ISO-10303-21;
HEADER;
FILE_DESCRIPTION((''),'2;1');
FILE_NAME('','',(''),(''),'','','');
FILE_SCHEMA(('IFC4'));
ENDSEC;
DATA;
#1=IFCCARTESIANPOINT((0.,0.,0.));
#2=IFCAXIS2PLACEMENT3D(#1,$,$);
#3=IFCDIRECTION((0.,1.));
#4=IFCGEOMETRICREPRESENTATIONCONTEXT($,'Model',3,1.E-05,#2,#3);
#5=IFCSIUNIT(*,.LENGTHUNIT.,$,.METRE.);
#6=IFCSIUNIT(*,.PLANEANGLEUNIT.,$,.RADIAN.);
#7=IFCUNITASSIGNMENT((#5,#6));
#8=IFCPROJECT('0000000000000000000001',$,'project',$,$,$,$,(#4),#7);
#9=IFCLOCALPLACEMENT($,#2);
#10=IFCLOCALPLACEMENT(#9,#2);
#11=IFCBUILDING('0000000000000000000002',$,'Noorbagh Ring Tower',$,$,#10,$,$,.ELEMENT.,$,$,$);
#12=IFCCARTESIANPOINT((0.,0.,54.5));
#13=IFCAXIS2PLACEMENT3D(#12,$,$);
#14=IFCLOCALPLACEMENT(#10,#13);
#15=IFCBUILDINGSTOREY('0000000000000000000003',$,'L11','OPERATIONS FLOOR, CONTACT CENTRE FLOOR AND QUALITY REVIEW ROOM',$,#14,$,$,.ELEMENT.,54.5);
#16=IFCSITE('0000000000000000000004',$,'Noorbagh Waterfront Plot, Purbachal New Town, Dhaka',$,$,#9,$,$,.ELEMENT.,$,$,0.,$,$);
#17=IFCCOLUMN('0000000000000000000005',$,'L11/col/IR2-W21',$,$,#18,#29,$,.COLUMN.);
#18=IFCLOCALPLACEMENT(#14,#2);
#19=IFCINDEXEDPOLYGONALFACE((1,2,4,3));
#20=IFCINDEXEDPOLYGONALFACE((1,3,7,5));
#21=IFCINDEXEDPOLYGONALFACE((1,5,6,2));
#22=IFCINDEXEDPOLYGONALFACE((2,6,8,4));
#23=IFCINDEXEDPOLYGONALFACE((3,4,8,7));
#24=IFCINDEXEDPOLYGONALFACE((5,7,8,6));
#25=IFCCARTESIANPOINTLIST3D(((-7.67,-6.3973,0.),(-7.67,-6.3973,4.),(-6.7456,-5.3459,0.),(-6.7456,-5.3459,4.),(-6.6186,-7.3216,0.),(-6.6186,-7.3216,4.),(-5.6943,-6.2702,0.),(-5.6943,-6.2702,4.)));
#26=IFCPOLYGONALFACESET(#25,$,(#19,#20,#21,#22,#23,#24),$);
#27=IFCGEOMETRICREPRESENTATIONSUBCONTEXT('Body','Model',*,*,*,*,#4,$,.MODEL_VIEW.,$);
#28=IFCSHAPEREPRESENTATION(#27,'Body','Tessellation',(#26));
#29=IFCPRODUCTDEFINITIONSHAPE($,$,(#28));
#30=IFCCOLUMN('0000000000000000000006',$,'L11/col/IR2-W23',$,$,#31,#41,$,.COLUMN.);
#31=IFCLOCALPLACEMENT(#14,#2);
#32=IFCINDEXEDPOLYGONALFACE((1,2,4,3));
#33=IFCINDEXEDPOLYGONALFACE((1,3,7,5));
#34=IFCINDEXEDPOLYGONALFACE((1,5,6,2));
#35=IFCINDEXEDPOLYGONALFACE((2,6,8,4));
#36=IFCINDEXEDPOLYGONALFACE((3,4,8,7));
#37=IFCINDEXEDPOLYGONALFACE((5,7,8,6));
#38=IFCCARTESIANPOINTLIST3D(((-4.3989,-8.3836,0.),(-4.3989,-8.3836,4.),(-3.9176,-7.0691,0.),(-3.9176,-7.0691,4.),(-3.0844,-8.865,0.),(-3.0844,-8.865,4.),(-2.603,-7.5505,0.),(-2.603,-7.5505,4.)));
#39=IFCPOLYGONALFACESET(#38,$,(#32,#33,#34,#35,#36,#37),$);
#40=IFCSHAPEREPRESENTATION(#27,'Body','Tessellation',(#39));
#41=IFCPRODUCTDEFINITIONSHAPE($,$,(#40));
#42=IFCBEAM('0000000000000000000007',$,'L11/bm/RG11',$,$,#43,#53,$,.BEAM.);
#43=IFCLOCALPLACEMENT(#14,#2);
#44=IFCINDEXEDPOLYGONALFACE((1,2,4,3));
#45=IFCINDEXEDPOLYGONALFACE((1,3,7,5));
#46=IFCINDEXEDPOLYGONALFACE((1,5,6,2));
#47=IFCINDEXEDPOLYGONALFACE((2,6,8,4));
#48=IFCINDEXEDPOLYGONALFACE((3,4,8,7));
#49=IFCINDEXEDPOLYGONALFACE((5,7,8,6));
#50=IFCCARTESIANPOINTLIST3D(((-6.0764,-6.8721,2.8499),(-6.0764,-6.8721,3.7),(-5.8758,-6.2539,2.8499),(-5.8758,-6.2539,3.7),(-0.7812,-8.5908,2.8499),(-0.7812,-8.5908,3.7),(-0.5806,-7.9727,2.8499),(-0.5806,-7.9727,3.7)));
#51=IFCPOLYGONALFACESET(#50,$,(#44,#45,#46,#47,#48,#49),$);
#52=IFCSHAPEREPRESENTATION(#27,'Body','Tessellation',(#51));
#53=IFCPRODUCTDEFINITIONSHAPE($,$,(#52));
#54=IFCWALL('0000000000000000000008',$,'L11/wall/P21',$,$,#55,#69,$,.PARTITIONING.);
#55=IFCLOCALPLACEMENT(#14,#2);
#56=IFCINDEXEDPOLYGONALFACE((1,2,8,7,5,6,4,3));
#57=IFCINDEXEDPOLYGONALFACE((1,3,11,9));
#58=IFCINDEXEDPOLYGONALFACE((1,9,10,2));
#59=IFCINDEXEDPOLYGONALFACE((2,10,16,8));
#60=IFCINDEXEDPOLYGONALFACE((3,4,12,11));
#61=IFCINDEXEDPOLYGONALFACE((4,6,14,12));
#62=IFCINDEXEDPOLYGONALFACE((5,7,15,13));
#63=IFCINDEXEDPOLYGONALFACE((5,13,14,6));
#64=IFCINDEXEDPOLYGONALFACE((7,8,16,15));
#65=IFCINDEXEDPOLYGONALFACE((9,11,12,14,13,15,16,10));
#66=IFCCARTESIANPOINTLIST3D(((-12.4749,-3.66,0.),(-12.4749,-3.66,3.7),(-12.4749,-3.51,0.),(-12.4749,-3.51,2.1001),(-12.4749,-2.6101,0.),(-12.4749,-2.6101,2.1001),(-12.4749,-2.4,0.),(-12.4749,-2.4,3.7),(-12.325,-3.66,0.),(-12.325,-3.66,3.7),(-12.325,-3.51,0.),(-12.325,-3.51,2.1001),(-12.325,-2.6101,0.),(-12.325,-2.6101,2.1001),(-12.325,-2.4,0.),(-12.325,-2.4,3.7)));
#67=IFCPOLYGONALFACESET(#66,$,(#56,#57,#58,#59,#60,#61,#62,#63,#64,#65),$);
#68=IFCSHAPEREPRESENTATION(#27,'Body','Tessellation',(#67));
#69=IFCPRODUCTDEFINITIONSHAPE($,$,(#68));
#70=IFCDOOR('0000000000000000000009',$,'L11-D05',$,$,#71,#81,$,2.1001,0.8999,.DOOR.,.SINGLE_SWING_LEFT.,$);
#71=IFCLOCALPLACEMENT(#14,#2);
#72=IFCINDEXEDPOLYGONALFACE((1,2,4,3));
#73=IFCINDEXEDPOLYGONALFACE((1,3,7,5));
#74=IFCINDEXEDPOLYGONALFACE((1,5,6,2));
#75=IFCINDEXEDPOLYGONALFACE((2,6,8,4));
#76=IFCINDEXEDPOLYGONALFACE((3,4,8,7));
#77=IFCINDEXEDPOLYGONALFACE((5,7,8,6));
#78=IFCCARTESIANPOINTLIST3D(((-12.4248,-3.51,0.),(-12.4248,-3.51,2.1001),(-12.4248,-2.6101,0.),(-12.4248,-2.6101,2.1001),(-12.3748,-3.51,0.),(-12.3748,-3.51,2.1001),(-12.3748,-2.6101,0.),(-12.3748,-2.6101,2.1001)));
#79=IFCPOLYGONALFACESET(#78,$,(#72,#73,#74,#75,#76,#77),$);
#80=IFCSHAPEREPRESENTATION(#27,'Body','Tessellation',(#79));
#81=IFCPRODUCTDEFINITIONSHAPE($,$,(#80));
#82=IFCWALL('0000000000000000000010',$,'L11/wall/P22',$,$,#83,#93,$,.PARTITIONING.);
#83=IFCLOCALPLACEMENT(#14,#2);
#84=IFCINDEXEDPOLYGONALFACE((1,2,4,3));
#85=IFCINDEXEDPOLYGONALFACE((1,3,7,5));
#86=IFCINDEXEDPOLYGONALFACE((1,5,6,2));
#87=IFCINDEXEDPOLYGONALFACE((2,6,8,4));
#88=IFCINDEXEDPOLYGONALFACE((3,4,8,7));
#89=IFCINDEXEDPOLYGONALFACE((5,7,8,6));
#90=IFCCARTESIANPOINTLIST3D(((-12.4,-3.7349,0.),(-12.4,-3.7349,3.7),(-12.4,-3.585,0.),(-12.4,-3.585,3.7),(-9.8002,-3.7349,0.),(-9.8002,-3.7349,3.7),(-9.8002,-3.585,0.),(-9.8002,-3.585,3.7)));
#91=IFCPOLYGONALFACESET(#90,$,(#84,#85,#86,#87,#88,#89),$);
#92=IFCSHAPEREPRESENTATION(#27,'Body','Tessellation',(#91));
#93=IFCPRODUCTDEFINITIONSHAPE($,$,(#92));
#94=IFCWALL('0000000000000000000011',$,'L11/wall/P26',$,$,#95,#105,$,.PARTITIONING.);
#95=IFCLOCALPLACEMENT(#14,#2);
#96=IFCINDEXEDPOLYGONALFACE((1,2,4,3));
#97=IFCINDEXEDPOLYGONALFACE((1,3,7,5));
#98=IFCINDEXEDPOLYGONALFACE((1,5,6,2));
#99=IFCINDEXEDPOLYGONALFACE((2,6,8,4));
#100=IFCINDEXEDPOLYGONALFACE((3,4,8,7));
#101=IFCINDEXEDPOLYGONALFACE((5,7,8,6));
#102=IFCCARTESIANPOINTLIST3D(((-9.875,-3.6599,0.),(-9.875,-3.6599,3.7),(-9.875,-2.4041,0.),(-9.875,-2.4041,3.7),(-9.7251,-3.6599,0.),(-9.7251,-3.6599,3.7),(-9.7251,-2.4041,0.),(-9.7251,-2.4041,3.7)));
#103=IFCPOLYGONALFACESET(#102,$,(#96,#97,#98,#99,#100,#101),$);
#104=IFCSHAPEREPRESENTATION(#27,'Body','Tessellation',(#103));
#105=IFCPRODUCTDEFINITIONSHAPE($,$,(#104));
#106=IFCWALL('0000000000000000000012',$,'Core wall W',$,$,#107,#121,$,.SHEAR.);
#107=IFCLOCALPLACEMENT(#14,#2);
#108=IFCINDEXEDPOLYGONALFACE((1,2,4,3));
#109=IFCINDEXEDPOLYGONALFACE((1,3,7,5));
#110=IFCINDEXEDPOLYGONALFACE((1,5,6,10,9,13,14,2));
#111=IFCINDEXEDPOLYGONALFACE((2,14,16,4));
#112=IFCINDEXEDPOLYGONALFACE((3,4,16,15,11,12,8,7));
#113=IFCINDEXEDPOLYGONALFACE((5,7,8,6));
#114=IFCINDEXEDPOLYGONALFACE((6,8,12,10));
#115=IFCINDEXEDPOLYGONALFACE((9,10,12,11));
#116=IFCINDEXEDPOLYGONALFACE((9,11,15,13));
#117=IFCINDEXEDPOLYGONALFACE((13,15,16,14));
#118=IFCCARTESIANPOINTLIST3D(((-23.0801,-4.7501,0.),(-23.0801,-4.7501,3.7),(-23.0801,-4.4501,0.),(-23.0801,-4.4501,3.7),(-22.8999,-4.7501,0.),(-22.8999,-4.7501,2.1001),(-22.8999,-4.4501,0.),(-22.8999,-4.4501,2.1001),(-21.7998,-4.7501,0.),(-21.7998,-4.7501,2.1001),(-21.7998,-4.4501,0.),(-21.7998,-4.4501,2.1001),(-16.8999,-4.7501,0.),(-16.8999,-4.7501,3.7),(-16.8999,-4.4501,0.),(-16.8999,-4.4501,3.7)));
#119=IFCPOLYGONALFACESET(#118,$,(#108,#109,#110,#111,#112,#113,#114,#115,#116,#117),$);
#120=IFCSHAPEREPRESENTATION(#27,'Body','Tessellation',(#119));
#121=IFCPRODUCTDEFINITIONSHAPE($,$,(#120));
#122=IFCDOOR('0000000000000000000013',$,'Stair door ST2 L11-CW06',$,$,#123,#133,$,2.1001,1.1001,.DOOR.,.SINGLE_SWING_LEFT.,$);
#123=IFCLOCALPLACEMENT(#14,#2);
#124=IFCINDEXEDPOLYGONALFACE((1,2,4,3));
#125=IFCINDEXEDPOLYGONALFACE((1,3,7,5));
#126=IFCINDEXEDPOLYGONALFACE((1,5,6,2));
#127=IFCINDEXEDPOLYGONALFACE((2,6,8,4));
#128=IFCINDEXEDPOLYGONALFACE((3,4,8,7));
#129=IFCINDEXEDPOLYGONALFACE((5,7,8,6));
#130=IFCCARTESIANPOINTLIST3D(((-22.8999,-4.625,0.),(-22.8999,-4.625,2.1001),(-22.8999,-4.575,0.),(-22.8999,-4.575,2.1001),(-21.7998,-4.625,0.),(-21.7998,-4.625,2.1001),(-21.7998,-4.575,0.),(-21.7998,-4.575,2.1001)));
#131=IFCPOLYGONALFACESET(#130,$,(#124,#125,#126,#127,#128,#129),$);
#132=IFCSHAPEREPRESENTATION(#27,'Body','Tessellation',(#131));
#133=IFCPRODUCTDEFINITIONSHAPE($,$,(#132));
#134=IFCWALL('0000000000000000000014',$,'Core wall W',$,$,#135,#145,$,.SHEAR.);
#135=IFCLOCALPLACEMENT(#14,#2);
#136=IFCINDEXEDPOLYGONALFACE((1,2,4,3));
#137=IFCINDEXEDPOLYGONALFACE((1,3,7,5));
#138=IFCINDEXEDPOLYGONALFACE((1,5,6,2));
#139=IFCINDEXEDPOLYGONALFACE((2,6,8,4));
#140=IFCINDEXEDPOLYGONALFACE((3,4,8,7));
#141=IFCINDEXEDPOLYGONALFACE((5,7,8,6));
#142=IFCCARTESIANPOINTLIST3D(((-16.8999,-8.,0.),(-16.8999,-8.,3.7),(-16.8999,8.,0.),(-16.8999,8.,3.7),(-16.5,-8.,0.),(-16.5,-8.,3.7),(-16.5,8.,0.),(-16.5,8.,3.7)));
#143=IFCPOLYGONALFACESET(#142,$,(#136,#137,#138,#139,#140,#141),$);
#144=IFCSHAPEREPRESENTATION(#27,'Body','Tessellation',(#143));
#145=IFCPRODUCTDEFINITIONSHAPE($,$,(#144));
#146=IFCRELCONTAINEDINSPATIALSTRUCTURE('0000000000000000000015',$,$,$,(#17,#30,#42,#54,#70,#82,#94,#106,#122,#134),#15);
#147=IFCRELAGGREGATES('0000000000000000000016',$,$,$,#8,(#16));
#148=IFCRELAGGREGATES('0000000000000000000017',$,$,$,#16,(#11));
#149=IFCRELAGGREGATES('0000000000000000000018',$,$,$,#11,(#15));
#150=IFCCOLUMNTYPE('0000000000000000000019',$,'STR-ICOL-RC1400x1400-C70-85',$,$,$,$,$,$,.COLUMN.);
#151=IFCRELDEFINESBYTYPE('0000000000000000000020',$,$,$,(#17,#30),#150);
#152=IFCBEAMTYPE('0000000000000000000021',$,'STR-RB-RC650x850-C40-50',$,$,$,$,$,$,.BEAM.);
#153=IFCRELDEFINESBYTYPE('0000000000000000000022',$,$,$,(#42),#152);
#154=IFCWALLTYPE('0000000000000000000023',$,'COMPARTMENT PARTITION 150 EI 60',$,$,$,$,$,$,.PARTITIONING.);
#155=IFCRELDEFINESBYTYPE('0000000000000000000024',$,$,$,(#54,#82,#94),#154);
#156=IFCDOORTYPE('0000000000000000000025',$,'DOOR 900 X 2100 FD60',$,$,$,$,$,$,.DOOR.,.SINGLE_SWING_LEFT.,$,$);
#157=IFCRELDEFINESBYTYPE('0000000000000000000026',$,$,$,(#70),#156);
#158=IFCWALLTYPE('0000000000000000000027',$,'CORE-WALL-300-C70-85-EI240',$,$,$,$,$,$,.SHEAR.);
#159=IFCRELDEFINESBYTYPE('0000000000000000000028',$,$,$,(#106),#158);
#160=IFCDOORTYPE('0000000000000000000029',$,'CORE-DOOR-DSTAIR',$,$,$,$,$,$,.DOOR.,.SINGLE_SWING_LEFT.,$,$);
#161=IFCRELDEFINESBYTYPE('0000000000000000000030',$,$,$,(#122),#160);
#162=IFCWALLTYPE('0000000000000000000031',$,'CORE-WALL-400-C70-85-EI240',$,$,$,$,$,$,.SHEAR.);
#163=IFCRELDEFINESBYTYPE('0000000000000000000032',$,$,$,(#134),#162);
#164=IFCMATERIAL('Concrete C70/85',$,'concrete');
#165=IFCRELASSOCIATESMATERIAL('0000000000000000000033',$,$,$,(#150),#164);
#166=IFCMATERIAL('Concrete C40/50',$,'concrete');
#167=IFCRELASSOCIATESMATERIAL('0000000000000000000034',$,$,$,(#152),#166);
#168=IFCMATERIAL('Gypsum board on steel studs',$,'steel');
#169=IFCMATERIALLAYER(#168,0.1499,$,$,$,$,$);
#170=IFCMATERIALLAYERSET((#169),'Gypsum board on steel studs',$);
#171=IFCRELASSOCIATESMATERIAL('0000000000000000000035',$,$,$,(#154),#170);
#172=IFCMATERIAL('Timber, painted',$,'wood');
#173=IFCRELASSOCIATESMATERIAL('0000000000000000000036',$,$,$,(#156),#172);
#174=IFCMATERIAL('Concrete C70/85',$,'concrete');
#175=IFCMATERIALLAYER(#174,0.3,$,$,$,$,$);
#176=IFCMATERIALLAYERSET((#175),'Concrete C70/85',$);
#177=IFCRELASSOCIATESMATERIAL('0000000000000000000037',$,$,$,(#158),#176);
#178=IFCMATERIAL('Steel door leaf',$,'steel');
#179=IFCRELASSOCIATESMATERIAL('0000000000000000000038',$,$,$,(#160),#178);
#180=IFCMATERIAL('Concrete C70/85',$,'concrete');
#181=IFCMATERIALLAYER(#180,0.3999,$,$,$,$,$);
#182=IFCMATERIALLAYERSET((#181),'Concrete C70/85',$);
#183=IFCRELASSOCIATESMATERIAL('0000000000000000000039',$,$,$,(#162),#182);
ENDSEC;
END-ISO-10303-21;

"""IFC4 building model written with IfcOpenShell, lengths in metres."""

from ifc_helpers import new_model, si_unit, direction, frame, frame_2d, origin, origin_2d, place, context, subcontext, project, spatial, rectangle, extrude, material, layer, layer_set, material_profile, profile_set, type_object, element, fill, save


model = new_model("IFC4")

# Units and contexts
model_context = context("Model", 3, precision=1e-05, world=origin(), true_north=direction((0.0, 1.0)))
body_context = subcontext(model_context, "Body", "Model", "MODEL_VIEW")
ifc_project = project(units=[si_unit("LENGTHUNIT", "METRE"), si_unit("PLANEANGLEUNIT", "RADIAN")], contexts=[model_context])

# Site, building, storey
site_placement = place(None, origin())
site = spatial("IfcSite", under=ifc_project, at=site_placement, Name="Noorbagh Waterfront Plot, Purbachal New Town, Dhaka", CompositionType="ELEMENT", RefElevation=0.0)
building_placement = place(site_placement, origin())
building = spatial("IfcBuilding", under=site, at=building_placement, Name="Noorbagh Ring Tower", CompositionType="ELEMENT")
storey_placement = place(building_placement, frame((0.0, 0.0, 54.5)))
storey = spatial("IfcBuildingStorey", under=building, at=storey_placement, Name="L11", Description="OPERATIONS FLOOR, CONTACT CENTRE FLOOR AND QUALITY REVIEW ROOM", CompositionType="ELEMENT", Elevation=54.5)

# Columns
ifc_material_1 = material(Name="Concrete C70/85", Category="concrete")
ifc_material_profile_1 = material_profile(ifc_material_1, rectangle(XDim=1.3999, YDim=1.3999, at=origin_2d()), Name="RC1400x1400")
ifc_profile_set_1 = profile_set([ifc_material_profile_1], Name="Concrete C70/85")
column_type = type_object("IfcColumnType", Name="STR-ICOL-RC1400x1400-C70-85", PredefinedType="COLUMN", material=ifc_profile_set_1)
for number, where, z_axis, x_axis, name in (
    (1, (-6.6821, -6.3337, 0.0), (0.0, 0.0, 1.0), (0.751022, -0.660277, 0.0), "L11/col/IR2-W21"),
    (2, (-3.501, -7.967, 0.0), (0.0, 0.0, 1.0), (0.93902, -0.343864, 0.0), "L11/col/IR2-W23"),
):
    element("IfcColumn", number, at=place(storey_placement, frame(where, z_axis=z_axis, x_axis=x_axis)), inside=storey, type_object=column_type, Name=name, PredefinedType="COLUMN", context=body_context, shape_type="SweptSolid", body=[
        extrude(rectangle(XDim=1.3999, YDim=1.3999, at=origin_2d()), origin(), (0.0, 0.0, 1.0), 4.0),
    ])

# Beam
ifc_material_2 = material(Name="Concrete C40/50", Category="concrete")
ifc_material_profile_2 = material_profile(ifc_material_2, rectangle(XDim=0.6499, YDim=0.8501, at=origin_2d()), Name="RC650x850")
ifc_profile_set_2 = profile_set([ifc_material_profile_2], Name="Concrete C40/50")
beam_type = type_object("IfcBeamType", Name="STR-RB-RC650x850-C40-50", PredefinedType="BEAM", material=ifc_profile_set_2)
beam_placement = place(storey_placement, frame((-5.9761, -6.563, 3.2749), z_axis=(0.951149, -0.308732, 0.0), x_axis=(0.308732, 0.951149, 0.0)))
element("IfcBeam", 3, at=beam_placement, inside=storey, type_object=beam_type, Name="L11/bm/RG11", PredefinedType="BEAM", context=body_context, shape_type="SweptSolid", body=[
    extrude(rectangle(XDim=0.6499, YDim=0.8501, at=origin_2d()), origin(), (0.0, 0.0, 1.0), 5.5671),
])

# Wall, opening, door
ifc_material_3 = material(Name="Gypsum board on steel studs", Category="steel")
ifc_layer_1 = layer(ifc_material_3, 0.1499)
ifc_layer_set_1 = layer_set([ifc_layer_1], Name="Gypsum board on steel studs")
wall_type_1 = type_object("IfcWallType", Name="COMPARTMENT PARTITION 150 EI 60", PredefinedType="PARTITIONING", material=ifc_layer_set_1)
wall_1_placement = place(storey_placement, frame((-12.3999, -3.6599, 0.0), z_axis=(0.0, 0.0, 1.0), x_axis=(0.0, 1.0, 0.0)))
wall_1 = element("IfcWall", 4, at=wall_1_placement, inside=storey, type_object=wall_type_1, Name="L11/wall/P21", PredefinedType="PARTITIONING", context=body_context, shape_type="SweptSolid", body=[
    extrude(rectangle(XDim=1.26, YDim=0.1499, at=frame_2d((0.6299, 0.0))), origin(), (0.0, 0.0, 1.0), 3.7),
])
opening_1_placement = place(wall_1_placement, frame((0.1499, 0.0, 0.0)))
opening_1 = element("IfcOpeningElement", 5, at=opening_1_placement, cuts=wall_1, PredefinedType="OPENING", context=body_context, shape_type="SweptSolid", body=[
    extrude(rectangle(XDim=0.8999, YDim=2.1001, at=frame_2d((0.45, 1.05))), frame((0.0, 0.085, 0.0), z_axis=(0.0, -1.0, 0.0), x_axis=(1.0, 0.0, 0.0)), (0.0, 0.0, 1.0), 0.1699),
])
ifc_material_4 = material(Name="Timber, painted", Category="wood")
door_type_1 = type_object("IfcDoorType", Name="DOOR 900 X 2100 FD60", OperationType="SINGLE_SWING_LEFT", PredefinedType="DOOR", material=ifc_material_4)
door_1_placement = place(opening_1_placement, origin())
door_1 = element("IfcDoor", 6, at=door_1_placement, inside=storey, type_object=door_type_1, Name="L11-D05", OperationType="SINGLE_SWING_LEFT", OverallHeight=2.1001, OverallWidth=0.8999, PredefinedType="DOOR", context=body_context, shape_type="SweptSolid", body=[
    extrude(rectangle(XDim=0.8999, YDim=2.1001, at=frame_2d((0.45, 1.05))), frame((0.0, 0.0249, 0.0), z_axis=(0.0, -1.0, 0.0), x_axis=(1.0, 0.0, 0.0)), (0.0, 0.0, 1.0), 0.05),
])
fill(opening_1, door_1)

# Walls
wall_2_placement = place(storey_placement, frame((-12.3999, -3.6599, 0.0), z_axis=(0.0, 0.0, 1.0), x_axis=(1.0, 0.0, 0.0)))
element("IfcWall", 7, at=wall_2_placement, inside=storey, type_object=wall_type_1, Name="L11/wall/P22", PredefinedType="PARTITIONING", context=body_context, shape_type="SweptSolid", body=[
    extrude(rectangle(XDim=2.5999, YDim=0.1499, at=frame_2d((1.2998, 0.0))), origin(), (0.0, 0.0, 1.0), 3.7),
])
wall_3_placement = place(storey_placement, frame((-9.8, -3.6599, 0.0), z_axis=(0.0, 0.0, 1.0), x_axis=(0.0, 1.0, 0.0)))
element("IfcWall", 8, at=wall_3_placement, inside=storey, type_object=wall_type_1, Name="L11/wall/P26", PredefinedType="PARTITIONING", context=body_context, shape_type="SweptSolid", body=[
    extrude(rectangle(XDim=1.2559, YDim=0.1499, at=frame_2d((0.6279, 0.0))), origin(), (0.0, 0.0, 1.0), 3.7),
])

# Wall, opening, door
ifc_material_5 = material(Name="Concrete C70/85", Category="concrete")
ifc_layer_2 = layer(ifc_material_5, 0.3)
ifc_layer_set_2 = layer_set([ifc_layer_2], Name="Concrete C70/85")
wall_type_2 = type_object("IfcWallType", Name="CORE-WALL-300-C70-85-EI240", PredefinedType="SHEAR", material=ifc_layer_set_2)
wall_4_placement = place(storey_placement, frame((-16.8999, -4.6001, 0.0), z_axis=(0.0, 0.0, 1.0), x_axis=(-1.0, 0.0, 0.0)))
wall_4 = element("IfcWall", 9, at=wall_4_placement, inside=storey, type_object=wall_type_2, Name="Core wall W", PredefinedType="SHEAR", context=body_context, shape_type="SweptSolid", body=[
    extrude(rectangle(XDim=6.1802, YDim=0.3, at=frame_2d((3.0901, 0.0))), origin(), (0.0, 0.0, 1.0), 3.7),
])
opening_2_placement = place(wall_4_placement, frame((4.8999, 0.0, 0.0)))
opening_2 = element("IfcOpeningElement", 10, at=opening_2_placement, cuts=wall_4, PredefinedType="OPENING", context=body_context, shape_type="SweptSolid", body=[
    extrude(rectangle(XDim=1.1001, YDim=2.1001, at=frame_2d((0.55, 1.05))), frame((0.0, 0.1602, 0.0), z_axis=(0.0, -1.0, 0.0), x_axis=(1.0, 0.0, 0.0)), (0.0, 0.0, 1.0), 0.3201),
])
ifc_material_6 = material(Name="Steel door leaf", Category="steel")
door_type_2 = type_object("IfcDoorType", Name="CORE-DOOR-DSTAIR", OperationType="SINGLE_SWING_LEFT", PredefinedType="DOOR", material=ifc_material_6)
door_2_placement = place(opening_2_placement, origin())
door_2 = element("IfcDoor", 11, at=door_2_placement, inside=storey, type_object=door_type_2, Name="Stair door ST2 L11-CW06", OperationType="SINGLE_SWING_LEFT", OverallHeight=2.1001, OverallWidth=1.1001, PredefinedType="DOOR", context=body_context, shape_type="SweptSolid", body=[
    extrude(rectangle(XDim=1.1001, YDim=2.1001, at=frame_2d((0.55, 1.05))), frame((0.0, 0.0249, 0.0), z_axis=(0.0, -1.0, 0.0), x_axis=(1.0, 0.0, 0.0)), (0.0, 0.0, 1.0), 0.05),
])
fill(opening_2, door_2)

# Wall
ifc_material_7 = material(Name="Concrete C70/85", Category="concrete")
ifc_layer_3 = layer(ifc_material_7, 0.3999)
ifc_layer_set_3 = layer_set([ifc_layer_3], Name="Concrete C70/85")
wall_type_3 = type_object("IfcWallType", Name="CORE-WALL-400-C70-85-EI240", PredefinedType="SHEAR", material=ifc_layer_set_3)
wall_5_placement = place(storey_placement, frame((-16.7, -8.0, 0.0), z_axis=(0.0, 0.0, 1.0), x_axis=(0.0, 1.0, 0.0)))
element("IfcWall", 12, at=wall_5_placement, inside=storey, type_object=wall_type_3, Name="Core wall W", PredefinedType="SHEAR", context=body_context, shape_type="SweptSolid", body=[
    extrude(rectangle(XDim=16.0, YDim=0.3999, at=frame_2d((8.0, 0.0))), origin(), (0.0, 0.0, 1.0), 3.7),
])

save(model, "model.ifc")
